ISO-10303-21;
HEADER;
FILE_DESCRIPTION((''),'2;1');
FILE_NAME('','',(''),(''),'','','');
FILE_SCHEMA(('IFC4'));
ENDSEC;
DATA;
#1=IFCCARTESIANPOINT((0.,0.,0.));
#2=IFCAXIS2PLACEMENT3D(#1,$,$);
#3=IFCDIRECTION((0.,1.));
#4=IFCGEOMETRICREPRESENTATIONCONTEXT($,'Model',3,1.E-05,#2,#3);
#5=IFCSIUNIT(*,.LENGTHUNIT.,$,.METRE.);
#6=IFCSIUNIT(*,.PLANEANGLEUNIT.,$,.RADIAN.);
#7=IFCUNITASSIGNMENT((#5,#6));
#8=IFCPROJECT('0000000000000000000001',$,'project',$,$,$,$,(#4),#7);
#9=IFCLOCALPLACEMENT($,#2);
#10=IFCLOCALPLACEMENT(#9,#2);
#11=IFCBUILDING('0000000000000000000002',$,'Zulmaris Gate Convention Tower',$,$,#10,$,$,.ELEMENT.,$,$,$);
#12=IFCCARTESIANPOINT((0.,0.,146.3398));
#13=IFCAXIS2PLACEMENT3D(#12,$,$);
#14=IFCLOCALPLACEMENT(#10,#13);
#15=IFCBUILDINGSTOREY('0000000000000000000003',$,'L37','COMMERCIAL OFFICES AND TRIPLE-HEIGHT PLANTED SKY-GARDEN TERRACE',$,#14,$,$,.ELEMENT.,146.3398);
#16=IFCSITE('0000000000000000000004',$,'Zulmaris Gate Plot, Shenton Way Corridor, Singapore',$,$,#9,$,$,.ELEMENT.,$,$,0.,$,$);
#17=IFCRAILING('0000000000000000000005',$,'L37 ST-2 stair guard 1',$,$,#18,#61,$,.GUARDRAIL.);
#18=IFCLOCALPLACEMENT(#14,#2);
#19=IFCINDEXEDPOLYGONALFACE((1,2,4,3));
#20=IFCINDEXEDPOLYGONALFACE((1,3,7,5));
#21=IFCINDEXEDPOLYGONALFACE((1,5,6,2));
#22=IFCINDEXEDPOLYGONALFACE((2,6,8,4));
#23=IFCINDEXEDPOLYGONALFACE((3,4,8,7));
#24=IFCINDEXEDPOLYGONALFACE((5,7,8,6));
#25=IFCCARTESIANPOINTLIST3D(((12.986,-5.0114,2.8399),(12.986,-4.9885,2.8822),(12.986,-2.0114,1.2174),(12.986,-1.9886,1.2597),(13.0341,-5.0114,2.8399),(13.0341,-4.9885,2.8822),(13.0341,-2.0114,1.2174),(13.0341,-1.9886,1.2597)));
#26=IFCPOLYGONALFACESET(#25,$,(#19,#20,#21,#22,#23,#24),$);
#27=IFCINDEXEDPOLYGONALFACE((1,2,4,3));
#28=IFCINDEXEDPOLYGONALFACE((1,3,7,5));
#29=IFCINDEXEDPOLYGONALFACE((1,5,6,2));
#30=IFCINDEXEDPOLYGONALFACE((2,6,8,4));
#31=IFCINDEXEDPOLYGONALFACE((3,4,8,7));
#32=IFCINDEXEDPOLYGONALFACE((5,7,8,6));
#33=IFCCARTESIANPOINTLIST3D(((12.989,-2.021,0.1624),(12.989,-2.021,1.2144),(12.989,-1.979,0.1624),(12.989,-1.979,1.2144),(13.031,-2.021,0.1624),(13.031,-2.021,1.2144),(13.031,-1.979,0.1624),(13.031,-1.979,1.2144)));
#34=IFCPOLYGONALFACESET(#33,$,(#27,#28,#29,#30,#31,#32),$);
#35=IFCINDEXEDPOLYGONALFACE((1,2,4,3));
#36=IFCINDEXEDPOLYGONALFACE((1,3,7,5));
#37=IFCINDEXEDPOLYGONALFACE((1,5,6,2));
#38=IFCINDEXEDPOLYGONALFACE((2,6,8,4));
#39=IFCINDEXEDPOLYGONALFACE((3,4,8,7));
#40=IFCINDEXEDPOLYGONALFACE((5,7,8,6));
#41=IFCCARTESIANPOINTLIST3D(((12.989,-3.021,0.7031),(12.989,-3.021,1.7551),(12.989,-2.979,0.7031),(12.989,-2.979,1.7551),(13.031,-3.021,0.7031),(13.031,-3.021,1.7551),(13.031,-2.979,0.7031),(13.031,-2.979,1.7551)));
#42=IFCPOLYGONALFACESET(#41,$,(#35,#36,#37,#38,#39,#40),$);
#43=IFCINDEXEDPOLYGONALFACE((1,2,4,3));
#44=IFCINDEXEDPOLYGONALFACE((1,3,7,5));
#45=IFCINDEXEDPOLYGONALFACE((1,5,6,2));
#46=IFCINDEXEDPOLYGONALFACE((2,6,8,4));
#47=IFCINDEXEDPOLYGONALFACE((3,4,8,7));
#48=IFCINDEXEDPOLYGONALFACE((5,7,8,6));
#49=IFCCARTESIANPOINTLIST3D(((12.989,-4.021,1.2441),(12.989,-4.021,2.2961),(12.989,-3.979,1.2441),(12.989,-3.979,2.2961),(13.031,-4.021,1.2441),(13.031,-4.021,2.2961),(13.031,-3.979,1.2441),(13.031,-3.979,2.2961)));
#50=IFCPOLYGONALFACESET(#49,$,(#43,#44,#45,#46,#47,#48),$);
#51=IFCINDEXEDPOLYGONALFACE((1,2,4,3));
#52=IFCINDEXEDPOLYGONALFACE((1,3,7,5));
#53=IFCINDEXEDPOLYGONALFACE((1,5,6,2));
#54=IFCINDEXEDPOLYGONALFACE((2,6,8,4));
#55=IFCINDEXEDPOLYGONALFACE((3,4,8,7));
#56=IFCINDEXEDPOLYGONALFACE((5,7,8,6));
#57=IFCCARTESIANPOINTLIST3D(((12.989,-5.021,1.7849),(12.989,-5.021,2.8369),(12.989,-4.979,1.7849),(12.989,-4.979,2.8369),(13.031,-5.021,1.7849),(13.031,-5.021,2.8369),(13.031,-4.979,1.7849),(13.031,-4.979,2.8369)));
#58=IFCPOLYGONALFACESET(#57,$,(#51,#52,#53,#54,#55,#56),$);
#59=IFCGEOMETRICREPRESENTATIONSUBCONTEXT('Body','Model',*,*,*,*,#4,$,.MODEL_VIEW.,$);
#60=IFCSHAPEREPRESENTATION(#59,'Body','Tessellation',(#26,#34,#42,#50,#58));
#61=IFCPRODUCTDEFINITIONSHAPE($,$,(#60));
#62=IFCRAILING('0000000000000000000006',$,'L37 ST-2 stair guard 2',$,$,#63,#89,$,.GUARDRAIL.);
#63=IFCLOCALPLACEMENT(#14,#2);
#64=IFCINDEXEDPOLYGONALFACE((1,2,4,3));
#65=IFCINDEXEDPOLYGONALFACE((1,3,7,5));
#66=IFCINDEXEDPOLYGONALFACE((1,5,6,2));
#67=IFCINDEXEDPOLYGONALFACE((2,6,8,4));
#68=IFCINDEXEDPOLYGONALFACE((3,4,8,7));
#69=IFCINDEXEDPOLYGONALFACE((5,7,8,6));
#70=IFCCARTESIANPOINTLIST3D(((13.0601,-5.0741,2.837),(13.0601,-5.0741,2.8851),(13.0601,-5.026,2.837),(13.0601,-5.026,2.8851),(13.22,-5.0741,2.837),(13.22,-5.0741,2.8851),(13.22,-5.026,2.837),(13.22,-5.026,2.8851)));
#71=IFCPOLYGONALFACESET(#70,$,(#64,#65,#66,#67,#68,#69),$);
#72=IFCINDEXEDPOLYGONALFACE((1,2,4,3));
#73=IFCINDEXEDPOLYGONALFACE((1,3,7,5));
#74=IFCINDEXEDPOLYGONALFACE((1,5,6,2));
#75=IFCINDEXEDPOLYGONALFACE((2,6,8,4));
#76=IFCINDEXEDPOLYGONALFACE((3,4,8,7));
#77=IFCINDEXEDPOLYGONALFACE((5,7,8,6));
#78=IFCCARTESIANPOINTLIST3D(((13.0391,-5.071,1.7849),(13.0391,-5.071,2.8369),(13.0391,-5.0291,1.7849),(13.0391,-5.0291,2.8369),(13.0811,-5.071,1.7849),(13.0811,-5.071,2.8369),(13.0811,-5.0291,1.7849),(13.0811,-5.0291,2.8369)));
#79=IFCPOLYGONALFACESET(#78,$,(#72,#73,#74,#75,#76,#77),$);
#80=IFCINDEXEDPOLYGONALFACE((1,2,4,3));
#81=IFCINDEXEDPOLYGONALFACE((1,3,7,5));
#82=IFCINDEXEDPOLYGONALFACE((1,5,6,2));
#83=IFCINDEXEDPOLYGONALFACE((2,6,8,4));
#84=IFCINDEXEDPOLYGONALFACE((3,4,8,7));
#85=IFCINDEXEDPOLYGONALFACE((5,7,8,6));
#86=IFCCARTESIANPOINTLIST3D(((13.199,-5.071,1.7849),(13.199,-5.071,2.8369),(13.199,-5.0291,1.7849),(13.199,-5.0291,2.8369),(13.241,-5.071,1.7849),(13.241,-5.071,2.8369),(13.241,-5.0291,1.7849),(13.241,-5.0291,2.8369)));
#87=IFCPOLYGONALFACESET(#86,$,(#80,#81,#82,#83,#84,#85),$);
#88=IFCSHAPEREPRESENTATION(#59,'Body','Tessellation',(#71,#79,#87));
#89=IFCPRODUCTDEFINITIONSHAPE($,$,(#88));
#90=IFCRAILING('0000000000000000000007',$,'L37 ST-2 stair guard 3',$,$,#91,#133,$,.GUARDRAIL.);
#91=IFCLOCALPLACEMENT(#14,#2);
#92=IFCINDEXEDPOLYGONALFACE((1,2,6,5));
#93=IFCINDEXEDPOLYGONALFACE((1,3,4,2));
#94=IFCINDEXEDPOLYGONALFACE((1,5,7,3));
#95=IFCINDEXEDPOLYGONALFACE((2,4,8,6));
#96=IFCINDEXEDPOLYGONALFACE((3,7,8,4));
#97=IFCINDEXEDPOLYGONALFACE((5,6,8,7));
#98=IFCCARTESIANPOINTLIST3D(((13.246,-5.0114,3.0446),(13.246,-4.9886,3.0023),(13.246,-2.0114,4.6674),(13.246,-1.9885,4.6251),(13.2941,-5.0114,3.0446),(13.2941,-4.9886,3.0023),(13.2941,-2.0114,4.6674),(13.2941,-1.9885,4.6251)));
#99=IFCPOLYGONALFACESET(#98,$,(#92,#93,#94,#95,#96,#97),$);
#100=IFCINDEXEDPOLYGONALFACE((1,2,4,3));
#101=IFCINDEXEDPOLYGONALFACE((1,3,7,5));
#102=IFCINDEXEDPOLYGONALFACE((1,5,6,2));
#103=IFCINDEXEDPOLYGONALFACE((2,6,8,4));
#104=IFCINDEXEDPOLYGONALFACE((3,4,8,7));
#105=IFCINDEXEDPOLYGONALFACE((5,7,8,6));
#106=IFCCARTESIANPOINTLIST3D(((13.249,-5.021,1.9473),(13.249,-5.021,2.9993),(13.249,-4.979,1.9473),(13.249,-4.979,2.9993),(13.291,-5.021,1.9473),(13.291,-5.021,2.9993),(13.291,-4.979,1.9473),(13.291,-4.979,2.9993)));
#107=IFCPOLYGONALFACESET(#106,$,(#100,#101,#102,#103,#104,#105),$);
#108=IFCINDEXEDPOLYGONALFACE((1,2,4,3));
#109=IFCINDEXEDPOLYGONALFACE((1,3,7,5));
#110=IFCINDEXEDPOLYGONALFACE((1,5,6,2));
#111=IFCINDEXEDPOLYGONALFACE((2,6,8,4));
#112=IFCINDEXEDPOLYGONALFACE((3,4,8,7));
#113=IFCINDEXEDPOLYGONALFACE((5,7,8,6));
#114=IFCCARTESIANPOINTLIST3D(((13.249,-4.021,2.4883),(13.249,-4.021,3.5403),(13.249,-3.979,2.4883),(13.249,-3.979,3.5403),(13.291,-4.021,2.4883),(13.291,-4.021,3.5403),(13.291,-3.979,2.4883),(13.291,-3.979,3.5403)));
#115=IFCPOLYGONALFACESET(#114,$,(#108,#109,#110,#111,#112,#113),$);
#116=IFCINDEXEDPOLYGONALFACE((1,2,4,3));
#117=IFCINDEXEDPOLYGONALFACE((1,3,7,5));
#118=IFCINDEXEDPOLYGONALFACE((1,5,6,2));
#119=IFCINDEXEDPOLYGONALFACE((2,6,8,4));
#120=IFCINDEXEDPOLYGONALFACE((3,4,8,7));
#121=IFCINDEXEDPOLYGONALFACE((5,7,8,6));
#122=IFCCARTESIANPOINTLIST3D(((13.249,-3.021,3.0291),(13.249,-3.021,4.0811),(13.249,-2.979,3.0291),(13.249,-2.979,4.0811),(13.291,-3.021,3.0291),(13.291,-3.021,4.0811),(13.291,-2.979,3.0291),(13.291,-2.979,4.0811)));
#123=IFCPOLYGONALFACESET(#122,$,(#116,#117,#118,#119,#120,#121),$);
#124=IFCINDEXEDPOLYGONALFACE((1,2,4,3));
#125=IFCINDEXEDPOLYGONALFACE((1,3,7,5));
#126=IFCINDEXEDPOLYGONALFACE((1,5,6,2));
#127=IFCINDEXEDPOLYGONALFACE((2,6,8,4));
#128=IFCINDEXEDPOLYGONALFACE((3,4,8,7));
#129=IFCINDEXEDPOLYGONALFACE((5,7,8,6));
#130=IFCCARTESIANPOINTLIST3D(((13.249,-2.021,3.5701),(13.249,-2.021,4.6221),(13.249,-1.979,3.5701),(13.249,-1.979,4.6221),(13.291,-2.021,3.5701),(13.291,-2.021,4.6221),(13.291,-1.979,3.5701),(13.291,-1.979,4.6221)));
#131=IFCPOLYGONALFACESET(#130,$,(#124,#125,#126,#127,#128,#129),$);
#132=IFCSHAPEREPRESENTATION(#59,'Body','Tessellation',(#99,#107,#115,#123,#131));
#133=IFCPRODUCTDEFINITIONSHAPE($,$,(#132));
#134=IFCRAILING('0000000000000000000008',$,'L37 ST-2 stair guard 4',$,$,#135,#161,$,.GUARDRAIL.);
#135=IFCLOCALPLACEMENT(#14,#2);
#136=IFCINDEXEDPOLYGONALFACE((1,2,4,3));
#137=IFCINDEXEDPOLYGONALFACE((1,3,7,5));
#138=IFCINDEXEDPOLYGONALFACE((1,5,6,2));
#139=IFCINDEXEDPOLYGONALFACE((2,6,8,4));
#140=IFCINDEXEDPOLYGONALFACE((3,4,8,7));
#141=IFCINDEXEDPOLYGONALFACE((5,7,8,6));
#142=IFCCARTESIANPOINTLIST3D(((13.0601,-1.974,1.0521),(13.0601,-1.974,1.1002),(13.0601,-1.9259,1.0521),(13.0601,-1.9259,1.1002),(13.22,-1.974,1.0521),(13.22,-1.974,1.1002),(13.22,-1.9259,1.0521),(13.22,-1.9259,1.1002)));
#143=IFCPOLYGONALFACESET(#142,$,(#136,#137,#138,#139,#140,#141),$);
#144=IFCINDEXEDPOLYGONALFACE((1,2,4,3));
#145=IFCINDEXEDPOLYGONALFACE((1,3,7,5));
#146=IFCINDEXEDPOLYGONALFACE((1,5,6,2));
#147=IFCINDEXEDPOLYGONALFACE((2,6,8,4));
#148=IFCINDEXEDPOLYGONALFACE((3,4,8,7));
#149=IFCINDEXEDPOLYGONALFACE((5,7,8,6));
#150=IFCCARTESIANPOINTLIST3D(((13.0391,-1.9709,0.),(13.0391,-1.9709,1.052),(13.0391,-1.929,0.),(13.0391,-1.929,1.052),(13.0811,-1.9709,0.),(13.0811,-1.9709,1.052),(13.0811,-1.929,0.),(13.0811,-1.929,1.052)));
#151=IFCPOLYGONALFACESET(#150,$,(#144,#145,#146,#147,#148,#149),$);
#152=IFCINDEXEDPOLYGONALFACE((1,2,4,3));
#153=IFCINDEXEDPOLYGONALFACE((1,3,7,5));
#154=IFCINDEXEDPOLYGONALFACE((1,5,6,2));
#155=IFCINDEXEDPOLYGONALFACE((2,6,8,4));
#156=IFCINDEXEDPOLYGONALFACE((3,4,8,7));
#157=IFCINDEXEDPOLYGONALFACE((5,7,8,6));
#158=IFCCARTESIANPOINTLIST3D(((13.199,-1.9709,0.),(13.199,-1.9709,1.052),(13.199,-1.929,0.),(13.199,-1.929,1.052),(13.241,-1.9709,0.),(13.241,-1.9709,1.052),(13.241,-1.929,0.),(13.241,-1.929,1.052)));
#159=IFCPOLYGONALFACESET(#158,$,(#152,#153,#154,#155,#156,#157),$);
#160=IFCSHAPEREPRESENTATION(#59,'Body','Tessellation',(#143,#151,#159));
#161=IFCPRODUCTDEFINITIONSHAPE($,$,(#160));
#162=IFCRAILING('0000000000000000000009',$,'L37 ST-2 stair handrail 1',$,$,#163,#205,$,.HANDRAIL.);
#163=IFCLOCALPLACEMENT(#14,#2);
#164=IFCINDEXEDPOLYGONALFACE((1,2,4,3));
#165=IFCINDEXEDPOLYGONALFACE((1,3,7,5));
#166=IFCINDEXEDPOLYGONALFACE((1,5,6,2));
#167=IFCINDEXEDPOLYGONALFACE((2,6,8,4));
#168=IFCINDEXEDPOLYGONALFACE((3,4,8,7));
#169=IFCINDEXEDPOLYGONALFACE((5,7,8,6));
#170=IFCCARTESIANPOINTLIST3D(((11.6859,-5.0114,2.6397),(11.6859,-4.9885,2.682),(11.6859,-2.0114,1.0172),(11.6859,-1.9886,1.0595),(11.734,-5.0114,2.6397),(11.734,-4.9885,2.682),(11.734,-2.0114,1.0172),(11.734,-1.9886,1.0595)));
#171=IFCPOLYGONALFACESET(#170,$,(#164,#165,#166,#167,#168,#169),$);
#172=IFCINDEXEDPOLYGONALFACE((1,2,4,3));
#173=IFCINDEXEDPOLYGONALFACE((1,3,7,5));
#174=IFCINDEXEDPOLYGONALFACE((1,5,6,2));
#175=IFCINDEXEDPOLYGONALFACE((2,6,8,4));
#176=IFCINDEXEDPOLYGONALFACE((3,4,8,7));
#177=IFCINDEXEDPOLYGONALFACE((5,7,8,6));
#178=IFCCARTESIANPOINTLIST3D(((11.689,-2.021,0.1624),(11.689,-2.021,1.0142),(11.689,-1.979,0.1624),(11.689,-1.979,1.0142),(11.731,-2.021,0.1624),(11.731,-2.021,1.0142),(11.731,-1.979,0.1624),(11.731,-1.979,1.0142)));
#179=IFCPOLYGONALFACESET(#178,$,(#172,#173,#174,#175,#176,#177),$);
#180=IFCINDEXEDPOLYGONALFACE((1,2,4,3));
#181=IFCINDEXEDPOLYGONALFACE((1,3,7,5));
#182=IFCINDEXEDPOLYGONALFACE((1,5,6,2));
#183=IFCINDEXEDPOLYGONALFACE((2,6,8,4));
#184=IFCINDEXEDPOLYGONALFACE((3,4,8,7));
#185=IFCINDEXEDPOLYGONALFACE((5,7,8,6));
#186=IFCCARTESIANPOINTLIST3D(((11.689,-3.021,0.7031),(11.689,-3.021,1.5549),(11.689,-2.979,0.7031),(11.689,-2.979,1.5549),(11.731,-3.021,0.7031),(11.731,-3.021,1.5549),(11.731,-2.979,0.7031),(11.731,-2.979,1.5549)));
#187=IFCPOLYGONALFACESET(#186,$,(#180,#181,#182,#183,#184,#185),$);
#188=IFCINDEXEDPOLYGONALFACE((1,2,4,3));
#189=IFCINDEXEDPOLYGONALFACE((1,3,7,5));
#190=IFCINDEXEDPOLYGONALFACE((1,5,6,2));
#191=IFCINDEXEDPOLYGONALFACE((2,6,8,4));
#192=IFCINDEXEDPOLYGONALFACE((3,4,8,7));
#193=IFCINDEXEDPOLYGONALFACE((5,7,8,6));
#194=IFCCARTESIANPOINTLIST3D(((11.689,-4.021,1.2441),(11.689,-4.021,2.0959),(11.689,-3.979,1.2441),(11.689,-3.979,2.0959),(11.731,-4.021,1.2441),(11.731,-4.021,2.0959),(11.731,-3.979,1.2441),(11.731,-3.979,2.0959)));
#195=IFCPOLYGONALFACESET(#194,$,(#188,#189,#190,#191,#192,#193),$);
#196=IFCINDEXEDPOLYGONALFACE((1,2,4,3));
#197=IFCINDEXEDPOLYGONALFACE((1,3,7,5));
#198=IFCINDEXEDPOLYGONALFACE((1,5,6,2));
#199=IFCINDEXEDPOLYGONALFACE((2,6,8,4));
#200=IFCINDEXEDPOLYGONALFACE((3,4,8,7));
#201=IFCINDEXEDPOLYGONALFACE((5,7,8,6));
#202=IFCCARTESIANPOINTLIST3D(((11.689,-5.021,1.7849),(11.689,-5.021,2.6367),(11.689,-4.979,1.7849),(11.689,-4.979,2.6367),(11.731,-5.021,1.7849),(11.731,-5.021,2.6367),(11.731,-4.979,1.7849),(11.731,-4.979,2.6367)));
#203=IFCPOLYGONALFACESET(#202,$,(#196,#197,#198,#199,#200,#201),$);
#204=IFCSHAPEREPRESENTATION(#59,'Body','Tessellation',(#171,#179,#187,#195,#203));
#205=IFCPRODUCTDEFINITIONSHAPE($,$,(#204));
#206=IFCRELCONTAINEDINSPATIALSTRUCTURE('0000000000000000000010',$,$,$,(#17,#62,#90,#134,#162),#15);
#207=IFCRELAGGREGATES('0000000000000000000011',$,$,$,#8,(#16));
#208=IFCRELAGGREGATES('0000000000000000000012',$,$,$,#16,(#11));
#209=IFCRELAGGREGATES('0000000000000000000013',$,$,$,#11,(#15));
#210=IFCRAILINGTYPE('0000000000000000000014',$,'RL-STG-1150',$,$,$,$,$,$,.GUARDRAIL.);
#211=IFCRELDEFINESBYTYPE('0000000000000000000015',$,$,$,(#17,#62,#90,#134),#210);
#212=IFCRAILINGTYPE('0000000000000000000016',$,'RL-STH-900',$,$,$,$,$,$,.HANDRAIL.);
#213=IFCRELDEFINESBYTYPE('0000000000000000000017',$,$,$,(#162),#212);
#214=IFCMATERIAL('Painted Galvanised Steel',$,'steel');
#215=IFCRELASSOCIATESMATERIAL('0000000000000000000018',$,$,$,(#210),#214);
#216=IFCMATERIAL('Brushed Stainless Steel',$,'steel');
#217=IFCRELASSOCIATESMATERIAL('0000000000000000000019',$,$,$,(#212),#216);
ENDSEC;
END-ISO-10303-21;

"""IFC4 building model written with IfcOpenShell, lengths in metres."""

from ifc_helpers import new_model, si_unit, direction, frame, origin, origin_2d, place, context, subcontext, project, spatial, rectangle, extrude, material, type_object, element, save


model = new_model("IFC4")

# Units and contexts
model_context = context("Model", 3, precision=1e-05, world=origin(), true_north=direction((0.0, 1.0)))
body_context = subcontext(model_context, "Body", "Model", "MODEL_VIEW")
ifc_project = project(units=[si_unit("LENGTHUNIT", "METRE"), si_unit("PLANEANGLEUNIT", "RADIAN")], contexts=[model_context])

# Site, building, storey
site_placement = place(None, origin())
site = spatial("IfcSite", under=ifc_project, at=site_placement, Name="Zulmaris Gate Plot, Shenton Way Corridor, Singapore", CompositionType="ELEMENT", RefElevation=0.0)
building_placement = place(site_placement, origin())
building = spatial("IfcBuilding", under=site, at=building_placement, Name="Zulmaris Gate Convention Tower", CompositionType="ELEMENT")
storey_placement = place(building_placement, frame((0.0, 0.0, 146.3398)))
storey = spatial("IfcBuildingStorey", under=building, at=storey_placement, Name="L37", Description="COMMERCIAL OFFICES AND TRIPLE-HEIGHT PLANTED SKY-GARDEN TERRACE", CompositionType="ELEMENT", Elevation=146.3398)

# Railings
ifc_material_1 = material(Name="Painted Galvanised Steel", Category="steel")
railing_type_1 = type_object("IfcRailingType", Name="RL-STG-1150", PredefinedType="GUARDRAIL", material=ifc_material_1)
railing_1_placement = place(storey_placement, frame((13.01, -2.0, 0.1624)))
element("IfcRailing", 1, at=railing_1_placement, inside=storey, type_object=railing_type_1, Name="L37 ST-2 stair guard 1", PredefinedType="GUARDRAIL", context=body_context, shape_type="SweptSolid", body=[
    extrude(rectangle(XDim=0.0481, YDim=0.0481, at=origin_2d()), frame((0.0, 0.0, 1.0762), z_axis=(0.0, -0.879592, 0.47573), x_axis=(1.0, 0.0, 0.0)), (0.0, 0.0, 1.0), 3.4106),
    extrude(rectangle(XDim=0.042, YDim=0.042, at=origin_2d()), origin(), (0.0, 0.0, 1.0), 1.052),
    extrude(rectangle(XDim=0.042, YDim=0.042, at=origin_2d()), frame((0.0, -1.0, 0.5408)), (0.0, 0.0, 1.0), 1.052),
    extrude(rectangle(XDim=0.042, YDim=0.042, at=origin_2d()), frame((0.0, -2.0, 1.0818)), (0.0, 0.0, 1.0), 1.052),
    extrude(rectangle(XDim=0.042, YDim=0.042, at=origin_2d()), frame((0.0, -3.0, 1.6226)), (0.0, 0.0, 1.0), 1.052),
])
railing_2_placement = place(storey_placement, frame((13.0601, -5.05, 1.7849)))
element("IfcRailing", 2, at=railing_2_placement, inside=storey, type_object=railing_type_1, Name="L37 ST-2 stair guard 2", PredefinedType="GUARDRAIL", context=body_context, shape_type="SweptSolid", body=[
    extrude(rectangle(XDim=0.0481, YDim=0.0481, at=origin_2d()), frame((0.0, 0.0, 1.0762), z_axis=(1.0, 0.0, 0.0), x_axis=(0.0, 1.0, 0.0)), (0.0, 0.0, 1.0), 0.1599),
    extrude(rectangle(XDim=0.042, YDim=0.042, at=origin_2d()), origin(), (0.0, 0.0, 1.0), 1.052),
    extrude(rectangle(XDim=0.042, YDim=0.042, at=origin_2d()), frame((0.1599, 0.0, 0.0)), (0.0, 0.0, 1.0), 1.052),
])
railing_3_placement = place(storey_placement, frame((13.27, -5.0, 1.9473)))
element("IfcRailing", 3, at=railing_3_placement, inside=storey, type_object=railing_type_1, Name="L37 ST-2 stair guard 3", PredefinedType="GUARDRAIL", context=body_context, shape_type="SweptSolid", body=[
    extrude(rectangle(XDim=0.0481, YDim=0.0481, at=origin_2d()), frame((0.0, 0.0, 1.0762), z_axis=(0.0, 0.879562, 0.475785), x_axis=(-1.0, 0.0, 0.0)), (0.0, 0.0, 1.0), 3.4109),
    extrude(rectangle(XDim=0.042, YDim=0.042, at=origin_2d()), origin(), (0.0, 0.0, 1.0), 1.052),
    extrude(rectangle(XDim=0.042, YDim=0.042, at=origin_2d()), frame((0.0, 1.0, 0.541)), (0.0, 0.0, 1.0), 1.052),
    extrude(rectangle(XDim=0.042, YDim=0.042, at=origin_2d()), frame((0.0, 2.0, 1.0818)), (0.0, 0.0, 1.0), 1.052),
    extrude(rectangle(XDim=0.042, YDim=0.042, at=origin_2d()), frame((0.0, 3.0, 1.6228)), (0.0, 0.0, 1.0), 1.052),
])
railing_4_placement = place(storey_placement, frame((13.0601, -1.95, 0.0)))
element("IfcRailing", 4, at=railing_4_placement, inside=storey, type_object=railing_type_1, Name="L37 ST-2 stair guard 4", PredefinedType="GUARDRAIL", context=body_context, shape_type="SweptSolid", body=[
    extrude(rectangle(XDim=0.0481, YDim=0.0481, at=origin_2d()), frame((0.0, 0.0, 1.0762), z_axis=(1.0, 0.0, 0.0), x_axis=(0.0, 1.0, 0.0)), (0.0, 0.0, 1.0), 0.1599),
    extrude(rectangle(XDim=0.042, YDim=0.042, at=origin_2d()), origin(), (0.0, 0.0, 1.0), 1.052),
    extrude(rectangle(XDim=0.042, YDim=0.042, at=origin_2d()), frame((0.1599, 0.0, 0.0)), (0.0, 0.0, 1.0), 1.052),
])
ifc_material_2 = material(Name="Brushed Stainless Steel", Category="steel")
railing_type_2 = type_object("IfcRailingType", Name="RL-STH-900", PredefinedType="HANDRAIL", material=ifc_material_2)
railing_5_placement = place(storey_placement, frame((11.71, -2.0, 0.1624)))
element("IfcRailing", 5, at=railing_5_placement, inside=storey, type_object=railing_type_2, Name="L37 ST-2 stair handrail 1", PredefinedType="HANDRAIL", context=body_context, shape_type="SweptSolid", body=[
    extrude(rectangle(XDim=0.0481, YDim=0.0481, at=origin_2d()), frame((0.0, 0.0, 0.876), z_axis=(0.0, -0.879592, 0.47573), x_axis=(1.0, 0.0, 0.0)), (0.0, 0.0, 1.0), 3.4106),
    extrude(rectangle(XDim=0.042, YDim=0.042, at=origin_2d()), origin(), (0.0, 0.0, 1.0), 0.8518),
    extrude(rectangle(XDim=0.042, YDim=0.042, at=origin_2d()), frame((0.0, -1.0, 0.5408)), (0.0, 0.0, 1.0), 0.8518),
    extrude(rectangle(XDim=0.042, YDim=0.042, at=origin_2d()), frame((0.0, -2.0, 1.0818)), (0.0, 0.0, 1.0), 0.8518),
    extrude(rectangle(XDim=0.042, YDim=0.042, at=origin_2d()), frame((0.0, -3.0, 1.6226)), (0.0, 0.0, 1.0), 0.8518),
])

save(model, "model.ifc")
